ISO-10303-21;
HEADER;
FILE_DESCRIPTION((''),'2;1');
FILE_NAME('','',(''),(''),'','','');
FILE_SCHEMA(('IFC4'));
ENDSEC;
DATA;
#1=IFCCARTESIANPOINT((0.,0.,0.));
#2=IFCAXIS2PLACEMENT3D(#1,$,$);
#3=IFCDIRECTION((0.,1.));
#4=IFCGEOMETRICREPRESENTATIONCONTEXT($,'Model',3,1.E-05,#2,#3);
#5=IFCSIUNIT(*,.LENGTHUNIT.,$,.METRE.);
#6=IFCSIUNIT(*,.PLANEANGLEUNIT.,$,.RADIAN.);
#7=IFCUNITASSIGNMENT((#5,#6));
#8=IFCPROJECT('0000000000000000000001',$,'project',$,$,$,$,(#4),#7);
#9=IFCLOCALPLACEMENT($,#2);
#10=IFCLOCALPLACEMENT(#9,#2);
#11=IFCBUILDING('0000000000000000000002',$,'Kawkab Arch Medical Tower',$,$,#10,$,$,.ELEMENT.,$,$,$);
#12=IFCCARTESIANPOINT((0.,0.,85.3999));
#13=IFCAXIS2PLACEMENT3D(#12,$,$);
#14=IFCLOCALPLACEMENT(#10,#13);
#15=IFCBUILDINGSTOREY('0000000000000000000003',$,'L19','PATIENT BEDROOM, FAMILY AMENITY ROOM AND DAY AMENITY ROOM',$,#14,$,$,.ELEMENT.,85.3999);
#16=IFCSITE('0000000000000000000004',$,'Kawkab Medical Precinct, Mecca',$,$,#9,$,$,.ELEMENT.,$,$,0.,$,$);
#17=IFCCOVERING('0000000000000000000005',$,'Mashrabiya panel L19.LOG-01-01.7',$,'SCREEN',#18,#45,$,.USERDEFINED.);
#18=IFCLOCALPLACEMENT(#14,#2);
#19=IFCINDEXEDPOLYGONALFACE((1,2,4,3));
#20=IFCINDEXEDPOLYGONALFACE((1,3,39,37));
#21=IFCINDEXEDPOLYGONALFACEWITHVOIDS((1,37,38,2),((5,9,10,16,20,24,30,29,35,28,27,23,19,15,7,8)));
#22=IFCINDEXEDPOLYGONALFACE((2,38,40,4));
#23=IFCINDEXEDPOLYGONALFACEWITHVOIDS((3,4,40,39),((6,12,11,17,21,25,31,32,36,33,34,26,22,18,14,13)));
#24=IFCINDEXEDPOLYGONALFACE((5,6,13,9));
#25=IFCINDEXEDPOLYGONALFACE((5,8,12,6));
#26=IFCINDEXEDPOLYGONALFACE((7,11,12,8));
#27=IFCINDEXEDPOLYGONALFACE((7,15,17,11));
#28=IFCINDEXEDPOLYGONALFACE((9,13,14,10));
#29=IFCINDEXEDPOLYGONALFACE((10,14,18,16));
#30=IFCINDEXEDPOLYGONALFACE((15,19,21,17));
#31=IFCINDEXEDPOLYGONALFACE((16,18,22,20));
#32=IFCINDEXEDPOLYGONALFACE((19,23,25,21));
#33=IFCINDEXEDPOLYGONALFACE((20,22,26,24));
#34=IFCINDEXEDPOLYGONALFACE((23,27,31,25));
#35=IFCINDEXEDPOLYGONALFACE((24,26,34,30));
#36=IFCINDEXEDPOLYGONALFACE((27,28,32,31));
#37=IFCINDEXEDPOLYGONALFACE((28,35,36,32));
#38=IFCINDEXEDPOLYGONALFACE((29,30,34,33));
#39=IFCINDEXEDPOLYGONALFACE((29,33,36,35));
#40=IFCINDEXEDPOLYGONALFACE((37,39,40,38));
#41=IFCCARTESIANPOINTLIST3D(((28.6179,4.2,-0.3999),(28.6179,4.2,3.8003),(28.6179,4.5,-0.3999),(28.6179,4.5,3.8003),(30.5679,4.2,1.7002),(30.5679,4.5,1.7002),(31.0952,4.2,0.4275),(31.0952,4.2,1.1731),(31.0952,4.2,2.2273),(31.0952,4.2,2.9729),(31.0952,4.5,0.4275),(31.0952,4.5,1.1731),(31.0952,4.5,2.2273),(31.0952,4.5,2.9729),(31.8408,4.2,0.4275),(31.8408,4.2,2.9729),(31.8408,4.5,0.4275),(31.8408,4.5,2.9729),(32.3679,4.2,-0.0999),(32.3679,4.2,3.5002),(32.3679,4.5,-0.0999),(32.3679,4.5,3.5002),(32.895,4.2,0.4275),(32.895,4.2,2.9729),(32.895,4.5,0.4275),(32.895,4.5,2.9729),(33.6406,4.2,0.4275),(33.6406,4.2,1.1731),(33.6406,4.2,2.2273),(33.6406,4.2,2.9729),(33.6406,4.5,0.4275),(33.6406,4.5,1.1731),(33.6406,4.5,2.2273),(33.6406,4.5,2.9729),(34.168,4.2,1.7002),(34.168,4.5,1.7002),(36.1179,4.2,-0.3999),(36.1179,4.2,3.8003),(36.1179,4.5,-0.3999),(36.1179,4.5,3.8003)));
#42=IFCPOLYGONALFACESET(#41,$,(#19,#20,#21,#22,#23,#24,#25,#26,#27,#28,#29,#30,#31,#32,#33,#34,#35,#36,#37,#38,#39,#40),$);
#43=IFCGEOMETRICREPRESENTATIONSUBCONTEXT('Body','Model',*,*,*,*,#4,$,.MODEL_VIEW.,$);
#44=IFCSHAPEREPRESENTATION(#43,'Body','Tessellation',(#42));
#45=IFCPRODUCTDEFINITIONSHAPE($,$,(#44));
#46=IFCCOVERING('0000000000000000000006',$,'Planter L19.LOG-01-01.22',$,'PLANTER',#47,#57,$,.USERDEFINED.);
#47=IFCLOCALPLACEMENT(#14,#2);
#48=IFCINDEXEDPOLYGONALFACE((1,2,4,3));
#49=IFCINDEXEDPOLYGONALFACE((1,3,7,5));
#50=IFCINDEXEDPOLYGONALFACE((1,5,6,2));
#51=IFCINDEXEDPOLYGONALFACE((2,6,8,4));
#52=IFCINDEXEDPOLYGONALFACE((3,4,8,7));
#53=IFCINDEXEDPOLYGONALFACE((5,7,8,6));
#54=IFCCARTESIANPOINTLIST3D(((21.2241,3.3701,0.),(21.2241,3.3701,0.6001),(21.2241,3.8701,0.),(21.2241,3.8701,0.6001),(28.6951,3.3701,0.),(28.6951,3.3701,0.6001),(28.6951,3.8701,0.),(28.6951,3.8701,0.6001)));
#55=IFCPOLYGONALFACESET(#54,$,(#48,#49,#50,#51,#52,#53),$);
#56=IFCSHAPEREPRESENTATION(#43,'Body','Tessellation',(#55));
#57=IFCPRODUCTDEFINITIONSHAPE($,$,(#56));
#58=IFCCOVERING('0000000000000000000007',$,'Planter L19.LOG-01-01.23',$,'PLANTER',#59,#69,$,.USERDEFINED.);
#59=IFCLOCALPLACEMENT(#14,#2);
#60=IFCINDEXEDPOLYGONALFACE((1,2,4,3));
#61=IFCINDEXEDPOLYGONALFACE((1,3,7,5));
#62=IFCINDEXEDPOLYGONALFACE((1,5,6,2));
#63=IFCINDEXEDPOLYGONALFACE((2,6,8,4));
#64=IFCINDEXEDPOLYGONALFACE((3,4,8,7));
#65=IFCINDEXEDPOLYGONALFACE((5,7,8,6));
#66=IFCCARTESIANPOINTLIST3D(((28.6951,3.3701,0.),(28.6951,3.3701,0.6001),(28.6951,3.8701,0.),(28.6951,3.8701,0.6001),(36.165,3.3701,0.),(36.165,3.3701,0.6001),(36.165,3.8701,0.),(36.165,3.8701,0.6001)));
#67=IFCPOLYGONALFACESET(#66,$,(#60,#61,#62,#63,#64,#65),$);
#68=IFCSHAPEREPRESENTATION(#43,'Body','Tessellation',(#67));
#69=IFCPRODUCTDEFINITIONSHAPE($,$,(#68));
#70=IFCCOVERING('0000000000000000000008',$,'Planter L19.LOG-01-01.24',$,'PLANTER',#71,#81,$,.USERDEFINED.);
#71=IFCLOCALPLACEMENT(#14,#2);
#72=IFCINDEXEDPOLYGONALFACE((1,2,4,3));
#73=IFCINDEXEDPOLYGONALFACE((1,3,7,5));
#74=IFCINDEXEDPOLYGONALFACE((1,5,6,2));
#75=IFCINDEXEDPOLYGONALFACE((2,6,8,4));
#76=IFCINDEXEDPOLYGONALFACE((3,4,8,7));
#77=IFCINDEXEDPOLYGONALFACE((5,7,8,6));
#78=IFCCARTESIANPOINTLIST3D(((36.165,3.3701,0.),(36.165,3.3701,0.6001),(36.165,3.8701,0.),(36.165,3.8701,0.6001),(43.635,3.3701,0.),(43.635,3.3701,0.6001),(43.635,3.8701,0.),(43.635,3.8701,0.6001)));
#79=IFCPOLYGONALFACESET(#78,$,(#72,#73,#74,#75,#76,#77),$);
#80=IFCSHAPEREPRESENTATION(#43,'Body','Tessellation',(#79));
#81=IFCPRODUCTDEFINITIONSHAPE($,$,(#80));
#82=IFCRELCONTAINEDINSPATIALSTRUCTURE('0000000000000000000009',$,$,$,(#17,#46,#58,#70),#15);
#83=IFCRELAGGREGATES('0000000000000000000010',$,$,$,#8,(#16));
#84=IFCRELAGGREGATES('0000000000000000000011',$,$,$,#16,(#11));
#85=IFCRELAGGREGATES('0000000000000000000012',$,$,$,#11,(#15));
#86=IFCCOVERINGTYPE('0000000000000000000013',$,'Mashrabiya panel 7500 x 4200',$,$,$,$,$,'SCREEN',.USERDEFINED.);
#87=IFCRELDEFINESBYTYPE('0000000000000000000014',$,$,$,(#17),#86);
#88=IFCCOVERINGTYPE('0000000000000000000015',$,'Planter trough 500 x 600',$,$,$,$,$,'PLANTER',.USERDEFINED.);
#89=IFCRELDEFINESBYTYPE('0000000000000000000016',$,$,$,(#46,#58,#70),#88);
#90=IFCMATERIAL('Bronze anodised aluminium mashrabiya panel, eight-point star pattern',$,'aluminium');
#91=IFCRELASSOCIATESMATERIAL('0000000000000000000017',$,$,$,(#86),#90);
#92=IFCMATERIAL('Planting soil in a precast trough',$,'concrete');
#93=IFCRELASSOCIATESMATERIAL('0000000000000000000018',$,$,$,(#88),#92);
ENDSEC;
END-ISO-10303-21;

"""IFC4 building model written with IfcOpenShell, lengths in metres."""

from ifc_helpers import new_model, si_unit, direction, frame, origin, origin_2d, place, context, subcontext, project, spatial, polyline, rectangle, outline, extrude, material, material_profile, profile_set, type_object, element, save


model = new_model("IFC4")

# Units and contexts
model_context = context("Model", 3, precision=1e-05, world=origin(), true_north=direction((0.0, 1.0)))
body_context = subcontext(model_context, "Body", "Model", "MODEL_VIEW")
ifc_project = project(units=[si_unit("LENGTHUNIT", "METRE"), si_unit("PLANEANGLEUNIT", "RADIAN")], contexts=[model_context])

# Site, building, storey
site_placement = place(None, origin())
site = spatial("IfcSite", under=ifc_project, at=site_placement, Name="Kawkab Medical Precinct, Mecca", CompositionType="ELEMENT", RefElevation=0.0)
building_placement = place(site_placement, origin())
building = spatial("IfcBuilding", under=site, at=building_placement, Name="Kawkab Arch Medical Tower", CompositionType="ELEMENT")
storey_placement = place(building_placement, frame((0.0, 0.0, 85.3999)))
storey = spatial("IfcBuildingStorey", under=building, at=storey_placement, Name="L19", Description="PATIENT BEDROOM, FAMILY AMENITY ROOM AND DAY AMENITY ROOM", CompositionType="ELEMENT", Elevation=85.3999)

# Coverings
ifc_material_1 = material(Name="Bronze anodised aluminium mashrabiya panel, eight-point star pattern", Category="aluminium")
ifc_material_profile_1 = material_profile(ifc_material_1, outline(polyline([(-3.75, -2.1001), (3.75, -2.1001), (3.75, 2.1001), (-3.75, 2.1001), (-3.75, -2.1001)]), holes=[polyline([(1.8, 0.0), (1.2727, 0.5271), (1.2727, 1.2727), (0.5271, 1.2727), (0.0, 1.8), (-0.5271, 1.2727), (-1.2727, 1.2727), (-1.2727, 0.5271), (-1.8, 0.0), (-1.2727, -0.5271), (-1.2727, -1.2727), (-0.5271, -1.2727), (0.0, -1.8), (0.5271, -1.2727), (1.2727, -1.2727), (1.2727, -0.5271), (1.8, 0.0)])]), Name="Mashrabiya panel 7500x4200")
ifc_profile_set_1 = profile_set([ifc_material_profile_1], Name="Bronze anodised aluminium mashrabiya panel, eight-point star pattern")
covering_type_1 = type_object("IfcCoveringType", Name="Mashrabiya panel 7500 x 4200", ElementType="SCREEN", PredefinedType="USERDEFINED", material=ifc_profile_set_1)
covering_1_placement = place(storey_placement, frame((32.3679, 4.2, 1.7002), z_axis=(0.0, 1.0, 0.0), x_axis=(-1.0, 0.0, 0.0)))
element("IfcCovering", 1, at=covering_1_placement, inside=storey, type_object=covering_type_1, Name="Mashrabiya panel L19.LOG-01-01.7", ObjectType="SCREEN", PredefinedType="USERDEFINED", context=body_context, shape_type="SweptSolid", body=[
    extrude(outline(polyline([(-3.75, -2.1001), (3.75, -2.1001), (3.75, 2.1001), (-3.75, 2.1001), (-3.75, -2.1001)]), holes=[polyline([(1.8, 0.0), (1.2727, 0.5271), (1.2727, 1.2727), (0.5271, 1.2727), (0.0, 1.8), (-0.5271, 1.2727), (-1.2727, 1.2727), (-1.2727, 0.5271), (-1.8, 0.0), (-1.2727, -0.5271), (-1.2727, -1.2727), (-0.5271, -1.2727), (0.0, -1.8), (0.5271, -1.2727), (1.2727, -1.2727), (1.2727, -0.5271), (1.8, 0.0)])]), origin(), (0.0, 0.0, 1.0), 0.3),
])
ifc_material_2 = material(Name="Planting soil in a precast trough", Category="concrete")
ifc_material_profile_2 = material_profile(ifc_material_2, rectangle(XDim=0.5, YDim=0.6001, at=origin_2d()), Name="Trough 500x600")
ifc_profile_set_2 = profile_set([ifc_material_profile_2], Name="Planting soil in a precast trough")
covering_type_2 = type_object("IfcCoveringType", Name="Planter trough 500 x 600", ElementType="PLANTER", PredefinedType="USERDEFINED", material=ifc_profile_set_2)
covering_2_placement = place(storey_placement, frame((21.2241, 3.6201, 0.3), z_axis=(1.0, 0.0, 0.0), x_axis=(0.0, 1.0, 0.0)))
element("IfcCovering", 2, at=covering_2_placement, inside=storey, type_object=covering_type_2, Name="Planter L19.LOG-01-01.22", ObjectType="PLANTER", PredefinedType="USERDEFINED", context=body_context, shape_type="SweptSolid", body=[
    extrude(rectangle(XDim=0.5, YDim=0.6001, at=origin_2d()), origin(), (0.0, 0.0, 1.0), 7.4709),
])
for number, where, z_axis, x_axis, name in (
    (3, (28.6951, 3.6201, 0.3), (1.0, 0.0, 0.0), (0.0, 1.0, 0.0), "Planter L19.LOG-01-01.23"),
    (4, (36.165, 3.6201, 0.3), (1.0, 0.0, 0.0), (0.0, 1.0, 0.0), "Planter L19.LOG-01-01.24"),
):
    element("IfcCovering", number, at=place(storey_placement, frame(where, z_axis=z_axis, x_axis=x_axis)), inside=storey, type_object=covering_type_2, Name=name, ObjectType="PLANTER", PredefinedType="USERDEFINED", context=body_context, shape_type="SweptSolid", body=[
        extrude(rectangle(XDim=0.5, YDim=0.6001, at=origin_2d()), origin(), (0.0, 0.0, 1.0), 7.47),
    ])

save(model, "model.ifc")
